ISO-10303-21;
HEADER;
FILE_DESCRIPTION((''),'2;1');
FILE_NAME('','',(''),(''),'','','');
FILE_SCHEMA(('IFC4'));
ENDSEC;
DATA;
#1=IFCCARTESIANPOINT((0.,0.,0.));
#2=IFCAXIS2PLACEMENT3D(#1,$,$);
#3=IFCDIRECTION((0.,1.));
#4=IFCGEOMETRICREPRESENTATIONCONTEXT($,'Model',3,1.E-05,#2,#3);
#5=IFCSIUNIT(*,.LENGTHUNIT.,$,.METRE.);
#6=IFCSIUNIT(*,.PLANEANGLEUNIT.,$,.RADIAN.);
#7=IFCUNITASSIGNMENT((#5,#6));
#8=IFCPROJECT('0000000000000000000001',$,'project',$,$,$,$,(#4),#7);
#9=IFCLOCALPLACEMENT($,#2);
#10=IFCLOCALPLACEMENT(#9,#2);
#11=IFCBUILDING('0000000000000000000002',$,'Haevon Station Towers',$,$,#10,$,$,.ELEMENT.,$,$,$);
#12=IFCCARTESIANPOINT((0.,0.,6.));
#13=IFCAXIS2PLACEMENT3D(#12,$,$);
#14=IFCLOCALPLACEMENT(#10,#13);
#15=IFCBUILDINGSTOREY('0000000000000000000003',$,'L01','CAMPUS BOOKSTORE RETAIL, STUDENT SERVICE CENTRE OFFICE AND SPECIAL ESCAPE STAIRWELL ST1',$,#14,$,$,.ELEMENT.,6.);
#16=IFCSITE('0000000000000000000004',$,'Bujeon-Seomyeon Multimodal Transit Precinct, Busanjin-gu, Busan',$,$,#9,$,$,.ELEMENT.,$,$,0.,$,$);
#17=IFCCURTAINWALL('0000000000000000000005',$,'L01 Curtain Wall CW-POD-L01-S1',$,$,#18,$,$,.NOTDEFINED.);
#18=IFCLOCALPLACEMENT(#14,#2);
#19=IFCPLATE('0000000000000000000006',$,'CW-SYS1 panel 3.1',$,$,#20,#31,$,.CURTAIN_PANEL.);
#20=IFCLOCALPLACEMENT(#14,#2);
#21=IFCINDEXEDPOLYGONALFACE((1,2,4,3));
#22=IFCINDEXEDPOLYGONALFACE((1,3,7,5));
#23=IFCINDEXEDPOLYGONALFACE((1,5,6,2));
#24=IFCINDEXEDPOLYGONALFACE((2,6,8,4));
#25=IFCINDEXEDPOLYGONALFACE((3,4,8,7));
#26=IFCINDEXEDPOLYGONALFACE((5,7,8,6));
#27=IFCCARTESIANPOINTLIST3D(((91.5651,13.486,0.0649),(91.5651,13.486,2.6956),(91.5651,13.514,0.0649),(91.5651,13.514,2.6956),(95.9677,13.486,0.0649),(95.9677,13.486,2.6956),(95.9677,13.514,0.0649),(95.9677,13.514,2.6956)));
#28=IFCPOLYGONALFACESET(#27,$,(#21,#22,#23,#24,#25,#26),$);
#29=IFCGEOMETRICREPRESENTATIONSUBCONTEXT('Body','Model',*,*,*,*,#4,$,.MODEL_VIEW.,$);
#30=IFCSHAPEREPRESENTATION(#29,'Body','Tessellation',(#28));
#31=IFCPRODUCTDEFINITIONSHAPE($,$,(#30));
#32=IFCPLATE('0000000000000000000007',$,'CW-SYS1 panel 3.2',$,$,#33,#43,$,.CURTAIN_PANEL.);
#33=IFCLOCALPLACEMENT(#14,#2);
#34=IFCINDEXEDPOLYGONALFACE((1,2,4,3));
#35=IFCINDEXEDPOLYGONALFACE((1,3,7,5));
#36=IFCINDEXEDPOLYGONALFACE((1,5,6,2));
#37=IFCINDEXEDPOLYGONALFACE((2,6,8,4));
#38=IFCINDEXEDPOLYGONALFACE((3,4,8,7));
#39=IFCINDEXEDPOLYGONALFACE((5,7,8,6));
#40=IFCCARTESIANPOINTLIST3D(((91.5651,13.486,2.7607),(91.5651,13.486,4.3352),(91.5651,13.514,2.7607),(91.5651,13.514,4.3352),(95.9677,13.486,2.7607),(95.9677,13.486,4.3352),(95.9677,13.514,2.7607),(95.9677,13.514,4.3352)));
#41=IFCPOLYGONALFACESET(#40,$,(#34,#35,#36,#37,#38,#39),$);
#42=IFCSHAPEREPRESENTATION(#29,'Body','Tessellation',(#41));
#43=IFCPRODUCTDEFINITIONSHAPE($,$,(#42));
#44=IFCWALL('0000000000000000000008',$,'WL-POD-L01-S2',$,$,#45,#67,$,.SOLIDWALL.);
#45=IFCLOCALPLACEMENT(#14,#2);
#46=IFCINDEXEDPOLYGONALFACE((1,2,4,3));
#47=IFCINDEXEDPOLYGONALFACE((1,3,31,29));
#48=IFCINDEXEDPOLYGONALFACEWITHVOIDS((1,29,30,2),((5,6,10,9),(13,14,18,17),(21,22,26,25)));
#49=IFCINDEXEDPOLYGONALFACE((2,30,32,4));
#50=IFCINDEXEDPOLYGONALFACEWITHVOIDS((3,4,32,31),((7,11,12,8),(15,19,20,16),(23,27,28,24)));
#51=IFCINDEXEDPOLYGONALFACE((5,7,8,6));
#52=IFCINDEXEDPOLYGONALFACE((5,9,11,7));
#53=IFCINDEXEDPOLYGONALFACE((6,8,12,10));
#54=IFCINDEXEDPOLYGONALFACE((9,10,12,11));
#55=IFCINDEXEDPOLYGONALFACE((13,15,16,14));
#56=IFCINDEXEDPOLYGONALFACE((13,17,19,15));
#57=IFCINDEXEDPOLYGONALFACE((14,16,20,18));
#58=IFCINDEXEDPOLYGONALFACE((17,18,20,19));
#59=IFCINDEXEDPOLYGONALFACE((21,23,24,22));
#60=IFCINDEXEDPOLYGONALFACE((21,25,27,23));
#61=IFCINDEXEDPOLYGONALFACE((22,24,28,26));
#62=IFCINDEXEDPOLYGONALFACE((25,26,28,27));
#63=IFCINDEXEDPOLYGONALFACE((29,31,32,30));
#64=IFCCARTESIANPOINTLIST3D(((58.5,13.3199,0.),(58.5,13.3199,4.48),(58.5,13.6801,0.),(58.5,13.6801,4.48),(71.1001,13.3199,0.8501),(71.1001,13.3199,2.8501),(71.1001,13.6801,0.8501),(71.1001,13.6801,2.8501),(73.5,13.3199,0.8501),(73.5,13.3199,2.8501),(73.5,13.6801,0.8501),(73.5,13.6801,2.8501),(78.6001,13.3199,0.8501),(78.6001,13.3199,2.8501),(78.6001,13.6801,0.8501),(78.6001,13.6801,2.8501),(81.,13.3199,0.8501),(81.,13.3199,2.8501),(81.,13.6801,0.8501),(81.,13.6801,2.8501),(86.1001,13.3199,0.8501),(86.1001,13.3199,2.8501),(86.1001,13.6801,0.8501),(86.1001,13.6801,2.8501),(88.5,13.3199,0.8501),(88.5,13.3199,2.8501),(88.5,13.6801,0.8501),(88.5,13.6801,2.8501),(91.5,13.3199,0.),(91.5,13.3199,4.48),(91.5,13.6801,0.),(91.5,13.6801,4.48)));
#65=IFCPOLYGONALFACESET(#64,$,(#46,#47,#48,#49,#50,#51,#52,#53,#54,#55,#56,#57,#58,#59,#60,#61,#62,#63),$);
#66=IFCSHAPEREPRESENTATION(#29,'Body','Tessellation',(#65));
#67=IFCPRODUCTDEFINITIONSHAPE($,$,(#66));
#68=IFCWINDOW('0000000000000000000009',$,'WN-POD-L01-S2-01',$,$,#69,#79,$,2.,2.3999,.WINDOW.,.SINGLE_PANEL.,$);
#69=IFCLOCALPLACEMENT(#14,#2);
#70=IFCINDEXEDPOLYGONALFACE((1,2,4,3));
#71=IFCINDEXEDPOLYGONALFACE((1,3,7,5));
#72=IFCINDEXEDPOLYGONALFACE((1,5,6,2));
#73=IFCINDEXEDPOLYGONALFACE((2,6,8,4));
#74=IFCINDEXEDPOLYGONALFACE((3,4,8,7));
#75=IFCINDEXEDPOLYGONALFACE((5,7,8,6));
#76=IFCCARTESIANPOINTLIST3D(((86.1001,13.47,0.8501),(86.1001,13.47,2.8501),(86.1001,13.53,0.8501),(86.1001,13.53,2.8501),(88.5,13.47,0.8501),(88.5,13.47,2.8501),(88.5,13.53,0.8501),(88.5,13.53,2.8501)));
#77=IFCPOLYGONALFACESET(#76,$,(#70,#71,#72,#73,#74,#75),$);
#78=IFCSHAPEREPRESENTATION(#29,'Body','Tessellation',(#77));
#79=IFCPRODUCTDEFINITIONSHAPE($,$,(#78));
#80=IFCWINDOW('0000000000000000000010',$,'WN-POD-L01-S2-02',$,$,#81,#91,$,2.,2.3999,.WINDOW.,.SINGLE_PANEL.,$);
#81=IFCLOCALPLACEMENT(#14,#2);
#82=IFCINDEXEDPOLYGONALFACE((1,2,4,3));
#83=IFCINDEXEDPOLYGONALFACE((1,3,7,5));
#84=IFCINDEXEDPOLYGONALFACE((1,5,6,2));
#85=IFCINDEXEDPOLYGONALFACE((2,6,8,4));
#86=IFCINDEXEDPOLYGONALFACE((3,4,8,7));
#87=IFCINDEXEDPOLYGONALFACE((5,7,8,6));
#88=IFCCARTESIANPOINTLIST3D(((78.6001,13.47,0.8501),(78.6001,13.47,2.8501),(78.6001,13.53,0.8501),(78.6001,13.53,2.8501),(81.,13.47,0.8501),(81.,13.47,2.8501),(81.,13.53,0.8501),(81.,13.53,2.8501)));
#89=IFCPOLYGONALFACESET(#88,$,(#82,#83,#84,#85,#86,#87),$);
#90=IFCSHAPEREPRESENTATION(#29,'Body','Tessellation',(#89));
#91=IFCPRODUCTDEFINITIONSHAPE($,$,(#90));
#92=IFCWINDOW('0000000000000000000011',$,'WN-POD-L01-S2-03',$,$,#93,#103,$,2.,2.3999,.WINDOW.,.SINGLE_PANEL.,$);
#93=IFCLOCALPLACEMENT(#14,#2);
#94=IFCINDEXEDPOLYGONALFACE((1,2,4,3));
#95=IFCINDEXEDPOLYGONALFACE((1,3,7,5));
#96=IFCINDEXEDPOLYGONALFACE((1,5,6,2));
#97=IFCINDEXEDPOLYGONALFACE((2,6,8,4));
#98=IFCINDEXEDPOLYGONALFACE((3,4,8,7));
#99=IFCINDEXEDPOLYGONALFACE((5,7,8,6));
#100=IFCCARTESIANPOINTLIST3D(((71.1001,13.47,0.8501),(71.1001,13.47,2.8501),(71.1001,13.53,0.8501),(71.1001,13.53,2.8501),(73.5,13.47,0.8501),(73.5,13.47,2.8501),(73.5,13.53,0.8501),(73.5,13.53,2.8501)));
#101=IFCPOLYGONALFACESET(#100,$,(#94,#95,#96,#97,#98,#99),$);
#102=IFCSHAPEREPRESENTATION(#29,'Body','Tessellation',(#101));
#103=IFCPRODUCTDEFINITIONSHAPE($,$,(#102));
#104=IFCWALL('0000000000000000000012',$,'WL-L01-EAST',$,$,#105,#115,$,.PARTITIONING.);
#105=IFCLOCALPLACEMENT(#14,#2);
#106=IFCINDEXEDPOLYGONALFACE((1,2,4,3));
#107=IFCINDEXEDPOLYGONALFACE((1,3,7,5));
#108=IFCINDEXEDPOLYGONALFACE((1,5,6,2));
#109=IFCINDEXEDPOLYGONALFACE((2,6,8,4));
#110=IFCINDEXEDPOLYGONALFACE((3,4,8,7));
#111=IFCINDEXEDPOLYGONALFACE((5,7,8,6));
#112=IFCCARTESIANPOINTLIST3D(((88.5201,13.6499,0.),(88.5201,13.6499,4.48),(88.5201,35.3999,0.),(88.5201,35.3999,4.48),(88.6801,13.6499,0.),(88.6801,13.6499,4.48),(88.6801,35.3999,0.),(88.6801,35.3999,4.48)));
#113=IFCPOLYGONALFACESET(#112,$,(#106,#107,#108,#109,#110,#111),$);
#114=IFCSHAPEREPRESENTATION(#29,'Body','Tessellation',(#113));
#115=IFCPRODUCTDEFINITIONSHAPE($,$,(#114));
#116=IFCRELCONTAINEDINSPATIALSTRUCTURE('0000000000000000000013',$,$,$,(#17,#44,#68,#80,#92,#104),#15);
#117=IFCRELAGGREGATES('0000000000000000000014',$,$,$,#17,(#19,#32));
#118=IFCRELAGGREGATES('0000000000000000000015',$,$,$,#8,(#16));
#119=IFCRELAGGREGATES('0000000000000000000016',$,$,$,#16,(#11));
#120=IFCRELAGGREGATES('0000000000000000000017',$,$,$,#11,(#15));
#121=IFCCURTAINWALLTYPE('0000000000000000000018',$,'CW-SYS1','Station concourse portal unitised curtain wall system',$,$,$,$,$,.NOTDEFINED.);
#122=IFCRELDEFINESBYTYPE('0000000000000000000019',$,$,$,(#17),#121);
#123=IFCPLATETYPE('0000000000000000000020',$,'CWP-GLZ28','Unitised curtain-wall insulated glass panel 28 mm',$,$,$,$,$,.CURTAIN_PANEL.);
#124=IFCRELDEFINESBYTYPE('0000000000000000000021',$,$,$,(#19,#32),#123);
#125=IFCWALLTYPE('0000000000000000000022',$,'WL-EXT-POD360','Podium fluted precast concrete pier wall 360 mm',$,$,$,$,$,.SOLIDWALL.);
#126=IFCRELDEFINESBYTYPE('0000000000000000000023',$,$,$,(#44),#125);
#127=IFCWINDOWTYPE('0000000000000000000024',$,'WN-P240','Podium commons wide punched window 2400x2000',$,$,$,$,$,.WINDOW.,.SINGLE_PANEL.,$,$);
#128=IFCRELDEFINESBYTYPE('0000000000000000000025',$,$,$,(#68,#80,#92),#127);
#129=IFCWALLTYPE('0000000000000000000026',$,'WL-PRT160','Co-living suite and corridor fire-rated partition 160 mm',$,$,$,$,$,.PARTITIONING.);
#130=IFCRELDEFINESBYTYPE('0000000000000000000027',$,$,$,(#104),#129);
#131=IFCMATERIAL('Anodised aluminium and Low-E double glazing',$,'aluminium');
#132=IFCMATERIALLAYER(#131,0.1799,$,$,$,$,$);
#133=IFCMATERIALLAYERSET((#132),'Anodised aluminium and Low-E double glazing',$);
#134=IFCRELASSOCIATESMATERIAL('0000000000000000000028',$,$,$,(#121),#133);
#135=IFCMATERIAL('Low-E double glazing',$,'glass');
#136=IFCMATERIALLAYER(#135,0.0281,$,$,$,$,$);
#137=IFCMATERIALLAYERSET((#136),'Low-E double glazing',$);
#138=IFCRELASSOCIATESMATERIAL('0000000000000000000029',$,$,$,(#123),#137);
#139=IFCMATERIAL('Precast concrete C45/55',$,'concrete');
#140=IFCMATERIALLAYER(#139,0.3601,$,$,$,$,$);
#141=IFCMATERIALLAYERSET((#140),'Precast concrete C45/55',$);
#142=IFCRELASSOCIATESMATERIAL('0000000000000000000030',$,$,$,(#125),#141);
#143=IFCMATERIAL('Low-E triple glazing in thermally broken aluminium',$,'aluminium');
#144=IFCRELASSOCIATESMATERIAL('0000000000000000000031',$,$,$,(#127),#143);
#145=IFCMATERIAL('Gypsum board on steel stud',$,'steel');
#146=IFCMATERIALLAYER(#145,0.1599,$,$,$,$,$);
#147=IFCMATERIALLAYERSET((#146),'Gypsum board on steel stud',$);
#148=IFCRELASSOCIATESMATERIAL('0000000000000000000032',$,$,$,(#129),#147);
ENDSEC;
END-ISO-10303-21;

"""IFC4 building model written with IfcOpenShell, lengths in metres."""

from ifc_helpers import new_model, si_unit, direction, frame, frame_2d, origin, origin_2d, place, context, subcontext, project, spatial, rectangle, extrude, material, layer, layer_set, type_object, element, fill, aggregate, save


model = new_model("IFC4")

# Units and contexts
model_context = context("Model", 3, precision=1e-05, world=origin(), true_north=direction((0.0, 1.0)))
body_context = subcontext(model_context, "Body", "Model", "MODEL_VIEW")
ifc_project = project(units=[si_unit("LENGTHUNIT", "METRE"), si_unit("PLANEANGLEUNIT", "RADIAN")], contexts=[model_context])

# Site, building, storey
site_placement = place(None, origin())
site = spatial("IfcSite", under=ifc_project, at=site_placement, Name="Bujeon-Seomyeon Multimodal Transit Precinct, Busanjin-gu, Busan", CompositionType="ELEMENT", RefElevation=0.0)
building_placement = place(site_placement, origin())
building = spatial("IfcBuilding", under=site, at=building_placement, Name="Haevon Station Towers", CompositionType="ELEMENT")
storey_placement = place(building_placement, frame((0.0, 0.0, 6.0)))
storey = spatial("IfcBuildingStorey", under=building, at=storey_placement, Name="L01", Description="CAMPUS BOOKSTORE RETAIL, STUDENT SERVICE CENTRE OFFICE AND SPECIAL ESCAPE STAIRWELL ST1", CompositionType="ELEMENT", Elevation=6.0)

# Curtain wall, plates
ifc_material_1 = material(Name="Anodised aluminium and Low-E double glazing", Category="aluminium")
ifc_layer_1 = layer(ifc_material_1, 0.1799)
ifc_layer_set_1 = layer_set([ifc_layer_1], Name="Anodised aluminium and Low-E double glazing")
curtain_wall_type = type_object("IfcCurtainWallType", Name="CW-SYS1", Description="Station concourse portal unitised curtain wall system", PredefinedType="NOTDEFINED", material=ifc_layer_set_1)
curtain_wall_placement = place(storey_placement, origin())
curtain_wall = element("IfcCurtainWall", 1, at=curtain_wall_placement, inside=storey, type_object=curtain_wall_type, Name="L01 Curtain Wall CW-POD-L01-S1", PredefinedType="NOTDEFINED")
ifc_material_2 = material(Name="Low-E double glazing", Category="glass")
ifc_layer_2 = layer(ifc_material_2, 0.0281)
ifc_layer_set_2 = layer_set([ifc_layer_2], Name="Low-E double glazing")
plate_type = type_object("IfcPlateType", Name="CWP-GLZ28", Description="Unitised curtain-wall insulated glass panel 28 mm", PredefinedType="CURTAIN_PANEL", material=ifc_layer_set_2)
plate_1_placement = place(storey_placement, frame((93.7664, 13.5, 0.0649), z_axis=(0.0, 0.0, 1.0), x_axis=(-1.0, 0.0, 0.0)))
plate_1 = element("IfcPlate", 2, at=plate_1_placement, type_object=plate_type, Name="CW-SYS1 panel 3.1", PredefinedType="CURTAIN_PANEL", context=body_context, shape_type="SweptSolid", body=[
    extrude(rectangle(XDim=4.4026, YDim=0.0281, at=origin_2d()), origin(), (0.0, 0.0, 1.0), 2.6306),
])
plate_2_placement = place(storey_placement, frame((93.7664, 13.5, 2.7607), z_axis=(0.0, 0.0, 1.0), x_axis=(-1.0, 0.0, 0.0)))
plate_2 = element("IfcPlate", 3, at=plate_2_placement, type_object=plate_type, Name="CW-SYS1 panel 3.2", PredefinedType="CURTAIN_PANEL", context=body_context, shape_type="SweptSolid", body=[
    extrude(rectangle(XDim=4.4026, YDim=0.0281, at=origin_2d()), origin(), (0.0, 0.0, 1.0), 1.5745),
])
aggregate(curtain_wall, [plate_1, plate_2])

# Wall, openings, windows
ifc_material_3 = material(Name="Precast concrete C45/55", Category="concrete")
ifc_layer_3 = layer(ifc_material_3, 0.3601)
ifc_layer_set_3 = layer_set([ifc_layer_3], Name="Precast concrete C45/55")
wall_type_1 = type_object("IfcWallType", Name="WL-EXT-POD360", Description="Podium fluted precast concrete pier wall 360 mm", PredefinedType="SOLIDWALL", material=ifc_layer_set_3)
wall_1_placement = place(storey_placement, frame((91.5, 13.5, 0.0), z_axis=(0.0, 0.0, 1.0), x_axis=(-1.0, 0.0, 0.0)))
wall_1 = element("IfcWall", 4, at=wall_1_placement, inside=storey, type_object=wall_type_1, Name="WL-POD-L01-S2", PredefinedType="SOLIDWALL", context=body_context, shape_type="SweptSolid", body=[
    extrude(rectangle(XDim=33.0, YDim=0.3601, at=frame_2d((16.5, 0.0))), origin(), (0.0, 0.0, 1.0), 4.48),
])
opening_1_placement = place(wall_1_placement, frame((3.0, 0.0, 0.8501)))
opening_1 = element("IfcOpeningElement", 5, at=opening_1_placement, cuts=wall_1, PredefinedType="OPENING", context=body_context, shape_type="SweptSolid", body=[
    extrude(rectangle(XDim=2.3999, YDim=2.0, at=frame_2d((1.2, 1.0))), frame((0.0, 0.1899, 0.0), z_axis=(0.0, -1.0, 0.0), x_axis=(1.0, 0.0, 0.0)), (0.0, 0.0, 1.0), 0.3801),
])
opening_2_placement = place(wall_1_placement, frame((10.5, 0.0, 0.8501)))
opening_2 = element("IfcOpeningElement", 6, at=opening_2_placement, cuts=wall_1, PredefinedType="OPENING", context=body_context, shape_type="SweptSolid", body=[
    extrude(rectangle(XDim=2.3999, YDim=2.0, at=frame_2d((1.2, 1.0))), frame((0.0, 0.1899, 0.0), z_axis=(0.0, -1.0, 0.0), x_axis=(1.0, 0.0, 0.0)), (0.0, 0.0, 1.0), 0.3801),
])
opening_3_placement = place(wall_1_placement, frame((18.0, 0.0, 0.8501)))
opening_3 = element("IfcOpeningElement", 7, at=opening_3_placement, cuts=wall_1, PredefinedType="OPENING", context=body_context, shape_type="SweptSolid", body=[
    extrude(rectangle(XDim=2.3999, YDim=2.0, at=frame_2d((1.2, 1.0))), frame((0.0, 0.1899, 0.0), z_axis=(0.0, -1.0, 0.0), x_axis=(1.0, 0.0, 0.0)), (0.0, 0.0, 1.0), 0.3801),
])
ifc_material_4 = material(Name="Low-E triple glazing in thermally broken aluminium", Category="aluminium")
window_type = type_object("IfcWindowType", Name="WN-P240", Description="Podium commons wide punched window 2400x2000", PartitioningType="SINGLE_PANEL", PredefinedType="WINDOW", material=ifc_material_4)
window_1_placement = place(opening_1_placement, origin())
window_1 = element("IfcWindow", 8, at=window_1_placement, inside=storey, type_object=window_type, Name="WN-POD-L01-S2-01", OverallHeight=2.0, OverallWidth=2.3999, PartitioningType="SINGLE_PANEL", PredefinedType="WINDOW", context=body_context, shape_type="SweptSolid", body=[
    extrude(rectangle(XDim=2.3999, YDim=2.0, at=frame_2d((1.2, 1.0))), frame((0.0, 0.03, 0.0), z_axis=(0.0, -1.0, 0.0), x_axis=(1.0, 0.0, 0.0)), (0.0, 0.0, 1.0), 0.0601),
])
fill(opening_1, window_1)
window_2_placement = place(opening_2_placement, origin())
window_2 = element("IfcWindow", 9, at=window_2_placement, inside=storey, type_object=window_type, Name="WN-POD-L01-S2-02", OverallHeight=2.0, OverallWidth=2.3999, PartitioningType="SINGLE_PANEL", PredefinedType="WINDOW", context=body_context, shape_type="SweptSolid", body=[
    extrude(rectangle(XDim=2.3999, YDim=2.0, at=frame_2d((1.2, 1.0))), frame((0.0, 0.03, 0.0), z_axis=(0.0, -1.0, 0.0), x_axis=(1.0, 0.0, 0.0)), (0.0, 0.0, 1.0), 0.0601),
])
fill(opening_2, window_2)
window_3_placement = place(opening_3_placement, origin())
window_3 = element("IfcWindow", 10, at=window_3_placement, inside=storey, type_object=window_type, Name="WN-POD-L01-S2-03", OverallHeight=2.0, OverallWidth=2.3999, PartitioningType="SINGLE_PANEL", PredefinedType="WINDOW", context=body_context, shape_type="SweptSolid", body=[
    extrude(rectangle(XDim=2.3999, YDim=2.0, at=frame_2d((1.2, 1.0))), frame((0.0, 0.03, 0.0), z_axis=(0.0, -1.0, 0.0), x_axis=(1.0, 0.0, 0.0)), (0.0, 0.0, 1.0), 0.0601),
])
fill(opening_3, window_3)

# Wall
ifc_material_5 = material(Name="Gypsum board on steel stud", Category="steel")
ifc_layer_4 = layer(ifc_material_5, 0.1599)
ifc_layer_set_4 = layer_set([ifc_layer_4], Name="Gypsum board on steel stud")
wall_type_2 = type_object("IfcWallType", Name="WL-PRT160", Description="Co-living suite and corridor fire-rated partition 160 mm", PredefinedType="PARTITIONING", material=ifc_layer_set_4)
wall_2_placement = place(storey_placement, frame((88.6001, 13.6499, 0.0), z_axis=(0.0, 0.0, 1.0), x_axis=(0.0, 1.0, 0.0)))
element("IfcWall", 11, at=wall_2_placement, inside=storey, type_object=wall_type_2, Name="WL-L01-EAST", PredefinedType="PARTITIONING", context=body_context, shape_type="SweptSolid", body=[
    extrude(rectangle(XDim=21.75, YDim=0.1599, at=frame_2d((10.875, 0.0))), origin(), (0.0, 0.0, 1.0), 4.48),
])

save(model, "model.ifc")
